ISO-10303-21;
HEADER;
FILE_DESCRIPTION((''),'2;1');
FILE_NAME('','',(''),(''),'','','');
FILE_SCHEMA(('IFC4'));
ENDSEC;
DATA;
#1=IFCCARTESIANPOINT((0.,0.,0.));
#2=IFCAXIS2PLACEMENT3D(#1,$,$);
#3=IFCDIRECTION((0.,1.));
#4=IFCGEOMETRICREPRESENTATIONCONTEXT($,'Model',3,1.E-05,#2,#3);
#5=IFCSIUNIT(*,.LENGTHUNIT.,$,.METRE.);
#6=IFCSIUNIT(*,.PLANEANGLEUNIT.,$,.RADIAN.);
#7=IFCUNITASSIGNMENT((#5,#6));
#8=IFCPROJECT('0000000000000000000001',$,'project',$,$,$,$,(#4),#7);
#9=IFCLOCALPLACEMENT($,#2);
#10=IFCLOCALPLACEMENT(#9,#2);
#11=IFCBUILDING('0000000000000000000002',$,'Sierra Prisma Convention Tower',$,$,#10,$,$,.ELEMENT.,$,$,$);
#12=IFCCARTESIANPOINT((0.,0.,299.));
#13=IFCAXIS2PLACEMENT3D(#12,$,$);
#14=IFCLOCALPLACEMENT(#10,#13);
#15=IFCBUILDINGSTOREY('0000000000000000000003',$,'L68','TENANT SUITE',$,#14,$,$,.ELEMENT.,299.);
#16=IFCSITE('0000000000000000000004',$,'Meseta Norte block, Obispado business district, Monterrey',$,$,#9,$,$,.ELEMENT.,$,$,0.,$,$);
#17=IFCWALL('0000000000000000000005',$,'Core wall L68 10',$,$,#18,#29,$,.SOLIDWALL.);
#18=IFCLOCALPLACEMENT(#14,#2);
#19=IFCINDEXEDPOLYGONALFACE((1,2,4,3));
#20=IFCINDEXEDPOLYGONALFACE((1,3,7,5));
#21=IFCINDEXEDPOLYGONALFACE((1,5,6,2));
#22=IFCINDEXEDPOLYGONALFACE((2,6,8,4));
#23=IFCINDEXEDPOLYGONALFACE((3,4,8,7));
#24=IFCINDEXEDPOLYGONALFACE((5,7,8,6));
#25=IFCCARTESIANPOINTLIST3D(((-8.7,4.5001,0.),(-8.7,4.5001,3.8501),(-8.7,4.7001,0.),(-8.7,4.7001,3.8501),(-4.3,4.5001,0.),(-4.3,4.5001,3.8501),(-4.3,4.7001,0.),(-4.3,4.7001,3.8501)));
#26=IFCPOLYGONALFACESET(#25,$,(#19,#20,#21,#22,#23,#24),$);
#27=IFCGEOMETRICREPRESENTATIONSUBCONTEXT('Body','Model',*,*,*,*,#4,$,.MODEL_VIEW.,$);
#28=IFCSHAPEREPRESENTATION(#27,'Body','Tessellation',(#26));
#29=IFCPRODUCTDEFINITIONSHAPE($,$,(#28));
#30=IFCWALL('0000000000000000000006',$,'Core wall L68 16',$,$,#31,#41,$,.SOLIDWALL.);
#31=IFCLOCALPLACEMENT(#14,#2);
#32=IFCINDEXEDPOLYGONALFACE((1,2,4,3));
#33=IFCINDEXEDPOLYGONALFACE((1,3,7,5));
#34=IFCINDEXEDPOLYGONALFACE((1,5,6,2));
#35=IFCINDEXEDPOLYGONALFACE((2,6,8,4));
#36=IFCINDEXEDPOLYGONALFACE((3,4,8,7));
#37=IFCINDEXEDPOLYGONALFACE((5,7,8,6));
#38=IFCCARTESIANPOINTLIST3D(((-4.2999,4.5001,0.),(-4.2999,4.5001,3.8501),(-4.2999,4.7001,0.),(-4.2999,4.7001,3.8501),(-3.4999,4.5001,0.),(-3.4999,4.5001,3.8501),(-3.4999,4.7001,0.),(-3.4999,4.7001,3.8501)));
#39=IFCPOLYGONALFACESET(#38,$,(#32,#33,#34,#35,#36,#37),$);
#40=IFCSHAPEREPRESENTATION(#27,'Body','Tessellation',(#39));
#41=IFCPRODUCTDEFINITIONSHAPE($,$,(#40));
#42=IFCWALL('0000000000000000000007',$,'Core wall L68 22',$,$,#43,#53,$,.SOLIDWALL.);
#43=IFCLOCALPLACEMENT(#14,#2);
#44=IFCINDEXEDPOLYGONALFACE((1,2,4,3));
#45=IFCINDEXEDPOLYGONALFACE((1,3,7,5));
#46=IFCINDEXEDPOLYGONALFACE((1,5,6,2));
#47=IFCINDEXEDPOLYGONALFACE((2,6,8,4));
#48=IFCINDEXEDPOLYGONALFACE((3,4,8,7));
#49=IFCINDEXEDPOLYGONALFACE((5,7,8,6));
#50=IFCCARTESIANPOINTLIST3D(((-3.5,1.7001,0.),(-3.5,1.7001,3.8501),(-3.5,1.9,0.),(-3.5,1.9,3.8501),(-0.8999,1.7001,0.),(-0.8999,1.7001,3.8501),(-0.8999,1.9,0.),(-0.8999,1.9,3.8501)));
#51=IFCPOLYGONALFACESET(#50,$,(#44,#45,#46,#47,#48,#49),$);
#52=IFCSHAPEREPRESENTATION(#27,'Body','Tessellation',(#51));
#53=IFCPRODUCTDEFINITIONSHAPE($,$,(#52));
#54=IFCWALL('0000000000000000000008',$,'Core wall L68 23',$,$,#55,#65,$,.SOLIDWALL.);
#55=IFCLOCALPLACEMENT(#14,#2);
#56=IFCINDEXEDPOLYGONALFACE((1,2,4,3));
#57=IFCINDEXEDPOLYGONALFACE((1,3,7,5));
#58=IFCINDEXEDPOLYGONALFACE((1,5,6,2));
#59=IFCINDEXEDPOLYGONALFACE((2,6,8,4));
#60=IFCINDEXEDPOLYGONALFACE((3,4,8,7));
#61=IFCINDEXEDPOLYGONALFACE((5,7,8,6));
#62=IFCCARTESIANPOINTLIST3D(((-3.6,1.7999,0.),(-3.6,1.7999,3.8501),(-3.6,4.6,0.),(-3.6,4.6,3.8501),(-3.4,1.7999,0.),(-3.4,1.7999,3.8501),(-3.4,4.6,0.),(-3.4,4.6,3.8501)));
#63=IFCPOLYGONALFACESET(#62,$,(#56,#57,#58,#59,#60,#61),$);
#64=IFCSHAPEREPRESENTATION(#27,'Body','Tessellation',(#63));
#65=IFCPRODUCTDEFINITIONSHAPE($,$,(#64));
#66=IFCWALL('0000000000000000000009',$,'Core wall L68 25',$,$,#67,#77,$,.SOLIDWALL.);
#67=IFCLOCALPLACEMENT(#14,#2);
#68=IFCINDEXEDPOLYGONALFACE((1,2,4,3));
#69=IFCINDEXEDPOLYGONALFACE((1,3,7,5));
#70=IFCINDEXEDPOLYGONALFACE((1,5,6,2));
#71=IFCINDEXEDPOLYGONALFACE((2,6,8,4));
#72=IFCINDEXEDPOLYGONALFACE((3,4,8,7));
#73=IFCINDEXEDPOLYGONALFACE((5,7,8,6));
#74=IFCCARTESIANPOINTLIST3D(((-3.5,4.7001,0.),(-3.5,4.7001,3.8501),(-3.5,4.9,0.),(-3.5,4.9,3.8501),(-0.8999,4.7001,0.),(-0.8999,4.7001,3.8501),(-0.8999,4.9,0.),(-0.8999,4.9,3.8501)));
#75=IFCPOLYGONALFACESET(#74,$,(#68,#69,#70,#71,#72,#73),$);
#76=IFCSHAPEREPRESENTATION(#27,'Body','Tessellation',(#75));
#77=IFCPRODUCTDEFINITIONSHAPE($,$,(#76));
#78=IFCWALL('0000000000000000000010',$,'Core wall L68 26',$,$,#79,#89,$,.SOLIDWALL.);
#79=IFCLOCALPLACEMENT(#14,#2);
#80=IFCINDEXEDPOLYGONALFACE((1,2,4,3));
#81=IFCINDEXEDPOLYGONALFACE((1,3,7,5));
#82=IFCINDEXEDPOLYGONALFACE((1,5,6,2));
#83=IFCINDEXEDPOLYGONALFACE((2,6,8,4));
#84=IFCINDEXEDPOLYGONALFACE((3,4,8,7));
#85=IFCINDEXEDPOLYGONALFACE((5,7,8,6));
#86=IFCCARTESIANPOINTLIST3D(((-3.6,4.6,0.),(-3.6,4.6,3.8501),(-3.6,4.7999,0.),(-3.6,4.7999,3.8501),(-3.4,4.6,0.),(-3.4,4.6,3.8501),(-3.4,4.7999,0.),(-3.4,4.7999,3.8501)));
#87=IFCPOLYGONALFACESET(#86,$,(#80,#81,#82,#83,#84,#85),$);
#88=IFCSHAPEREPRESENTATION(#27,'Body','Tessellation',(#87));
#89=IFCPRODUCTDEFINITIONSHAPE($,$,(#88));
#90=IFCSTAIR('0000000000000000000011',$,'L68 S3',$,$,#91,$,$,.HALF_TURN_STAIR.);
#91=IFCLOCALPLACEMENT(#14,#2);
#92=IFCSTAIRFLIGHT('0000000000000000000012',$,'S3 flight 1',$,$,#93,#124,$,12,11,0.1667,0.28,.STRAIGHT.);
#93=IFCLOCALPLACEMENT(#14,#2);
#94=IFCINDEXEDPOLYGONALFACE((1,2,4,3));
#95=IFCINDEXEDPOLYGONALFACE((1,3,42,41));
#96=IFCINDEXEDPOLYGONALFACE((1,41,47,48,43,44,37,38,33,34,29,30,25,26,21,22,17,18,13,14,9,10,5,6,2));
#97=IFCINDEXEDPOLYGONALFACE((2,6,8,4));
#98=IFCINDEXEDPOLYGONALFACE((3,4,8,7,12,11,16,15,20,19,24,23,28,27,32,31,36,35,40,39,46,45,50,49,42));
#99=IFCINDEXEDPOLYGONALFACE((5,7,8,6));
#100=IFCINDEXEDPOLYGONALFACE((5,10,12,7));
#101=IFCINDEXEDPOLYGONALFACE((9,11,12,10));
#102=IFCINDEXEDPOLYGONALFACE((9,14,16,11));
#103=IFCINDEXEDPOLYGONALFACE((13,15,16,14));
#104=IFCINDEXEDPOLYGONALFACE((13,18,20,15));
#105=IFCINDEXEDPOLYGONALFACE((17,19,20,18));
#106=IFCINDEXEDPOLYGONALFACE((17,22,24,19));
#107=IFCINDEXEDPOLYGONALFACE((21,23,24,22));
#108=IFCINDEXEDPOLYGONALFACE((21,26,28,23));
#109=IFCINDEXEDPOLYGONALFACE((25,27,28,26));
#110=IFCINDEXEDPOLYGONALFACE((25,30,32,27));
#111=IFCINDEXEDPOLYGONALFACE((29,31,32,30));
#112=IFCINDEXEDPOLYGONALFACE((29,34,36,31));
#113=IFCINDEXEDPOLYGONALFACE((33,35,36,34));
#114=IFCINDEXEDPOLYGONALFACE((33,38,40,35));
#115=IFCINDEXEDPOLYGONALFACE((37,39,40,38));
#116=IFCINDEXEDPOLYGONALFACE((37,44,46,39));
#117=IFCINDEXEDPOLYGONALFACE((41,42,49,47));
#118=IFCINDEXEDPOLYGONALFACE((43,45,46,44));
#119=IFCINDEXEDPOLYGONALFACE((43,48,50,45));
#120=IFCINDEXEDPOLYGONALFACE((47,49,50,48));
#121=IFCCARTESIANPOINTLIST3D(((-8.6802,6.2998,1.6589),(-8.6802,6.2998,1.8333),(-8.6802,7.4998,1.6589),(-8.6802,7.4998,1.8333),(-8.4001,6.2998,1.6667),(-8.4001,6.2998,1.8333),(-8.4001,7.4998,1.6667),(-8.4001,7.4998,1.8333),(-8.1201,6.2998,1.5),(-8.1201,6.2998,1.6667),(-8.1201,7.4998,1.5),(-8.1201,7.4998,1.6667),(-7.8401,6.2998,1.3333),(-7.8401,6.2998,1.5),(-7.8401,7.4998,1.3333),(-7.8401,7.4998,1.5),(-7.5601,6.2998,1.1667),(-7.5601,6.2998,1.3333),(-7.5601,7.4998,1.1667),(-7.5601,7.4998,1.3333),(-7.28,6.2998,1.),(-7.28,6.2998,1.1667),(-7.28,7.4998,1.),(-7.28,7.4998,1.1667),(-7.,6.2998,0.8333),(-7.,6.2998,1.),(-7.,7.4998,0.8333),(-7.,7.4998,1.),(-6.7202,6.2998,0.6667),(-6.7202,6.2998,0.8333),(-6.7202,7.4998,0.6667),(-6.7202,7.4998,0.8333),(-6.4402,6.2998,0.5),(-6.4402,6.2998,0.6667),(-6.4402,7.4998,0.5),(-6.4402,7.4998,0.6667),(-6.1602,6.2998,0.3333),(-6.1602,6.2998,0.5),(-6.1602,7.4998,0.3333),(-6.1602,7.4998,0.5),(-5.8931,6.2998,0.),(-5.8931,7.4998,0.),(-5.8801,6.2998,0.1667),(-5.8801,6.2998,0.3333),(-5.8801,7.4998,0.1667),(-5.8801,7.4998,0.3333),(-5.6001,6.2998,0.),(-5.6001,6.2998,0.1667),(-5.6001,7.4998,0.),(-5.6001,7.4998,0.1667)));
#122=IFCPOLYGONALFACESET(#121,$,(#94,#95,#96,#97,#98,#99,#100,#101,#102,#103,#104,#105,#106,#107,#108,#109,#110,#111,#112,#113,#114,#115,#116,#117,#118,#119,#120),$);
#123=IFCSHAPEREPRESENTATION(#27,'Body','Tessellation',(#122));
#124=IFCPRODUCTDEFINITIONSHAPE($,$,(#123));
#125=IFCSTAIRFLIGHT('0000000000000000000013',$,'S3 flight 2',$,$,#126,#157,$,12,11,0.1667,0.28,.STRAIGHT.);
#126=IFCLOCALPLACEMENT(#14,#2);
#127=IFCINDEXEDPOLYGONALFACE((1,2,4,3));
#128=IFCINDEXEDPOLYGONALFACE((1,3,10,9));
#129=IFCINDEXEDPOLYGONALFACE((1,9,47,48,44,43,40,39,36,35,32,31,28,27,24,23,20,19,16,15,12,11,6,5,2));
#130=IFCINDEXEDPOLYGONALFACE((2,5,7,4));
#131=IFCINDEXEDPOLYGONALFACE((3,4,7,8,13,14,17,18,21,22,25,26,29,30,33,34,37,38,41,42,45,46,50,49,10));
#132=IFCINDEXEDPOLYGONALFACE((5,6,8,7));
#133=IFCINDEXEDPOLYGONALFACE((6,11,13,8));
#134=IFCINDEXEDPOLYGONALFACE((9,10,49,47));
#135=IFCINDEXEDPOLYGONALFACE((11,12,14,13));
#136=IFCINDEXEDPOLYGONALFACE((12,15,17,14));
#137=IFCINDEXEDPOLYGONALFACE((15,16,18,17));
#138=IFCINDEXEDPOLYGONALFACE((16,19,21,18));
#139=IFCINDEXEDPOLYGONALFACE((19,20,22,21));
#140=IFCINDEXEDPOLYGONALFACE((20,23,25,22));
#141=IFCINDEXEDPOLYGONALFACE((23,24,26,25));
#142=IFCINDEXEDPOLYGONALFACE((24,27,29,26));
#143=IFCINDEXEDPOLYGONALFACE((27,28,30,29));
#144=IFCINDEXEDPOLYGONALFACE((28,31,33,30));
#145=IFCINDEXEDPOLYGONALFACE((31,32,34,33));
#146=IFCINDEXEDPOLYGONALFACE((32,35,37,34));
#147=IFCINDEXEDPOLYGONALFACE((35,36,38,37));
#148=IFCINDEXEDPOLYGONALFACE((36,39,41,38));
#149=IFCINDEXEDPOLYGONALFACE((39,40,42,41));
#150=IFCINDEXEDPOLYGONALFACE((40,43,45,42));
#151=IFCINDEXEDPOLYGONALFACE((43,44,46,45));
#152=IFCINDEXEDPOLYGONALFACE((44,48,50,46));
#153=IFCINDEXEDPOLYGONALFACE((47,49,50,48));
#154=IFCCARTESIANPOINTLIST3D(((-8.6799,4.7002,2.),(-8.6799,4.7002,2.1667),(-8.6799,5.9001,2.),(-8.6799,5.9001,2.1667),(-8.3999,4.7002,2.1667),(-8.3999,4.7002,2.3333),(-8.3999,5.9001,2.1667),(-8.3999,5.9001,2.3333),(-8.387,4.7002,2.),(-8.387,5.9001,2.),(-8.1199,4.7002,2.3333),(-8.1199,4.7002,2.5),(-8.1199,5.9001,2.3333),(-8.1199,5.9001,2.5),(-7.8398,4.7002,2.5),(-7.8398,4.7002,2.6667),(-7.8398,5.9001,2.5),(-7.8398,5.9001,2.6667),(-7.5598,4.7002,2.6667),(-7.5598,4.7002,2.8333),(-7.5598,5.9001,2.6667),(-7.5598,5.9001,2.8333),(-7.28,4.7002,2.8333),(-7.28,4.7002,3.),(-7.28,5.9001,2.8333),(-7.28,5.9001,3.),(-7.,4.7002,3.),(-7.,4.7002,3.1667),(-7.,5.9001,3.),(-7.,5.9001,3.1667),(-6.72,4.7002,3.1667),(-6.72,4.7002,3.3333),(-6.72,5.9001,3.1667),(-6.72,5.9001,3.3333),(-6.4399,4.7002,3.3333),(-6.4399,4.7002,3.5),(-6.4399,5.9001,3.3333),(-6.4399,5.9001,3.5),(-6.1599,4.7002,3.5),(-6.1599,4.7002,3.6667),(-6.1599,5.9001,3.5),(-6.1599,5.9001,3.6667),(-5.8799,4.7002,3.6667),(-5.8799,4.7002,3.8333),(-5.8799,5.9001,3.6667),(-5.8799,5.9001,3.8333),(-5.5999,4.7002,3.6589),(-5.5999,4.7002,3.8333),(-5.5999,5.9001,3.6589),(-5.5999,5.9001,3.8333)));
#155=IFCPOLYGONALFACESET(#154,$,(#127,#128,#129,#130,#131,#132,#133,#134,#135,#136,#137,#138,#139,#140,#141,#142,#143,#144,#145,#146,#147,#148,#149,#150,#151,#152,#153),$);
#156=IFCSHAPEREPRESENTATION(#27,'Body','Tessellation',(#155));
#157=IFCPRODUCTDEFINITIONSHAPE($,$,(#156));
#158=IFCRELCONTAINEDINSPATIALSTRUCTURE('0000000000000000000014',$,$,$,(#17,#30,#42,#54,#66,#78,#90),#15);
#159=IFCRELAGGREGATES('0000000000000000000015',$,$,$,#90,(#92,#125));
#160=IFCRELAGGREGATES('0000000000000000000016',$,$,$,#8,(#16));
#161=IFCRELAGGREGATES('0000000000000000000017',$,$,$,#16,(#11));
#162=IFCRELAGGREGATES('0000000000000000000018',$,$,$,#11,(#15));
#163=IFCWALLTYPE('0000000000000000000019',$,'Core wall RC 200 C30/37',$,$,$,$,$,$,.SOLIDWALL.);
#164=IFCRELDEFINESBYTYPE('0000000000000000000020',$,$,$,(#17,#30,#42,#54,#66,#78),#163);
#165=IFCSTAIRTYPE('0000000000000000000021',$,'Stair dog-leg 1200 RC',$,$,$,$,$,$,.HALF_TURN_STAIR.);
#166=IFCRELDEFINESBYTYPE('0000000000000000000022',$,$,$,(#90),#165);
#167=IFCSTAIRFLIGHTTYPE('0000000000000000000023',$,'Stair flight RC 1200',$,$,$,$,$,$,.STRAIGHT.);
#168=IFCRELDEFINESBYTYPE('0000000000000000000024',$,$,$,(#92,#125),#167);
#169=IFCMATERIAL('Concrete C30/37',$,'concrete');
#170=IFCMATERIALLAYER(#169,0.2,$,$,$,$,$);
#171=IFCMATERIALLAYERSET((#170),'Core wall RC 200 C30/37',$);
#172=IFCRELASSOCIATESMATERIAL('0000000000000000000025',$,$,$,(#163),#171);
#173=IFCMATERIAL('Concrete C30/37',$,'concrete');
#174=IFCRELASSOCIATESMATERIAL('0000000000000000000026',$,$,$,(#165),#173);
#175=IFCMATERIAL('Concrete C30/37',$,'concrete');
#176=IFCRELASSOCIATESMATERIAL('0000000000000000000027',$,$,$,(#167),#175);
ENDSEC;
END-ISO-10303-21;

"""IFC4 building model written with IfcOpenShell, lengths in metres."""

from ifc_helpers import new_model, si_unit, direction, frame, frame_2d, origin, place, context, subcontext, project, spatial, polyline, rectangle, outline, extrude, material, layer, layer_set, type_object, element, aggregate, save


model = new_model("IFC4")

# Units and contexts
model_context = context("Model", 3, precision=1e-05, world=origin(), true_north=direction((0.0, 1.0)))
body_context = subcontext(model_context, "Body", "Model", "MODEL_VIEW")
ifc_project = project(units=[si_unit("LENGTHUNIT", "METRE"), si_unit("PLANEANGLEUNIT", "RADIAN")], contexts=[model_context])

# Site, building, storey
site_placement = place(None, origin())
site = spatial("IfcSite", under=ifc_project, at=site_placement, Name="Meseta Norte block, Obispado business district, Monterrey", CompositionType="ELEMENT", RefElevation=0.0)
building_placement = place(site_placement, origin())
building = spatial("IfcBuilding", under=site, at=building_placement, Name="Sierra Prisma Convention Tower", CompositionType="ELEMENT")
storey_placement = place(building_placement, frame((0.0, 0.0, 299.0)))
storey = spatial("IfcBuildingStorey", under=building, at=storey_placement, Name="L68", Description="TENANT SUITE", CompositionType="ELEMENT", Elevation=299.0)

# Shared definitions
ifc_material_1 = material(Name="Concrete C30/37", Category="concrete")
ifc_layer_1 = layer(ifc_material_1, 0.2)
ifc_layer_set_1 = layer_set([ifc_layer_1], Name="Core wall RC 200 C30/37")
wall_type = type_object("IfcWallType", Name="Core wall RC 200 C30/37", PredefinedType="SOLIDWALL", material=ifc_layer_set_1)

# Wall
wall_1_placement = place(storey_placement, frame((-4.3, 4.6001, 0.0), z_axis=(0.0, 0.0, 1.0), x_axis=(-1.0, 0.0, 0.0)))
element("IfcWall", 1, at=wall_1_placement, inside=storey, type_object=wall_type, Name="Core wall L68 10", PredefinedType="SOLIDWALL", context=body_context, shape_type="SweptSolid", body=[
    extrude(rectangle(XDim=4.3999, YDim=0.2, at=frame_2d((2.2, 0.0))), origin(), (0.0, 0.0, 1.0), 3.8501),
])

# Wall
wall_2_placement = place(storey_placement, frame((-3.5, 4.6001, 0.0), z_axis=(0.0, 0.0, 1.0), x_axis=(-1.0, 0.0, 0.0)))
element("IfcWall", 2, at=wall_2_placement, inside=storey, type_object=wall_type, Name="Core wall L68 16", PredefinedType="SOLIDWALL", context=body_context, shape_type="SweptSolid", body=[
    extrude(rectangle(XDim=0.8, YDim=0.2, at=frame_2d((0.3999, 0.0))), origin(), (0.0, 0.0, 1.0), 3.8501),
])

# Walls
wall_3_placement = place(storey_placement, frame((-0.8999, 1.8, 0.0), z_axis=(0.0, 0.0, 1.0), x_axis=(-1.0, 0.0, 0.0)))
element("IfcWall", 3, at=wall_3_placement, inside=storey, type_object=wall_type, Name="Core wall L68 22", PredefinedType="SOLIDWALL", context=body_context, shape_type="SweptSolid", body=[
    extrude(rectangle(XDim=2.6001, YDim=0.2, at=frame_2d((1.3, 0.0))), origin(), (0.0, 0.0, 1.0), 3.8501),
])
wall_4_placement = place(storey_placement, frame((-3.5, 1.8, 0.0), z_axis=(0.0, 0.0, 1.0), x_axis=(0.0, 1.0, 0.0)))
element("IfcWall", 4, at=wall_4_placement, inside=storey, type_object=wall_type, Name="Core wall L68 23", PredefinedType="SOLIDWALL", context=body_context, shape_type="SweptSolid", body=[
    extrude(rectangle(XDim=2.8, YDim=0.2, at=frame_2d((1.3999, 0.0))), origin(), (0.0, 0.0, 1.0), 3.8501),
])

# Walls
wall_5_placement = place(storey_placement, frame((-0.8999, 4.8, 0.0), z_axis=(0.0, 0.0, 1.0), x_axis=(-1.0, 0.0, 0.0)))
element("IfcWall", 5, at=wall_5_placement, inside=storey, type_object=wall_type, Name="Core wall L68 25", PredefinedType="SOLIDWALL", context=body_context, shape_type="SweptSolid", body=[
    extrude(rectangle(XDim=2.6001, YDim=0.2, at=frame_2d((1.3, 0.0))), origin(), (0.0, 0.0, 1.0), 3.8501),
])
wall_6_placement = place(storey_placement, frame((-3.5, 4.8, 0.0), z_axis=(0.0, 0.0, 1.0), x_axis=(0.0, -1.0, 0.0)))
element("IfcWall", 6, at=wall_6_placement, inside=storey, type_object=wall_type, Name="Core wall L68 26", PredefinedType="SOLIDWALL", context=body_context, shape_type="SweptSolid", body=[
    extrude(rectangle(XDim=0.2, YDim=0.2, at=frame_2d((0.1001, 0.0))), origin(), (0.0, 0.0, 1.0), 3.8501),
])

# Stair, stair flights
ifc_material_2 = material(Name="Concrete C30/37", Category="concrete")
stair_type = type_object("IfcStairType", Name="Stair dog-leg 1200 RC", PredefinedType="HALF_TURN_STAIR", material=ifc_material_2)
stair_placement = place(storey_placement, origin())
stair = element("IfcStair", 7, at=stair_placement, inside=storey, type_object=stair_type, Name="L68 S3", PredefinedType="HALF_TURN_STAIR")
ifc_material_3 = material(Name="Concrete C30/37", Category="concrete")
stair_flight_type = type_object("IfcStairFlightType", Name="Stair flight RC 1200", PredefinedType="STRAIGHT", material=ifc_material_3)
stair_flight_1_placement = place(storey_placement, frame((-5.6001, 6.8999, 0.0), z_axis=(0.0, 0.0, 1.0), x_axis=(-1.0, 0.0, 0.0)))
stair_flight_1 = element("IfcStairFlight", 8, at=stair_flight_1_placement, type_object=stair_flight_type, Name="S3 flight 1", NumberOfRisers=12, NumberOfTreads=11, PredefinedType="STRAIGHT", RiserHeight=0.1667, TreadLength=0.28, context=body_context, shape_type="SweptSolid", body=[
    extrude(outline(polyline([(0.0, 0.0), (0.0, 0.1667), (0.28, 0.1667), (0.28, 0.3333), (0.5601, 0.3333), (0.5601, 0.5), (0.8401, 0.5), (0.8401, 0.6667), (1.1201, 0.6667), (1.1201, 0.8333), (1.3999, 0.8333), (1.3999, 1.0), (1.6799, 1.0), (1.6799, 1.1667), (1.96, 1.1667), (1.96, 1.3333), (2.24, 1.3333), (2.24, 1.5), (2.52, 1.5), (2.52, 1.6667), (2.8, 1.6667), (2.8, 1.8333), (3.0801, 1.8333), (3.0801, 2.0), (3.0801, 1.6589), (0.293, 0.0), (0.0, 0.0)])), frame((0.0, 0.6001, 0.0), z_axis=(0.0, -1.0, 0.0), x_axis=(1.0, 0.0, 0.0)), (0.0, 0.0, 1.0), 1.2),
])
stair_flight_2_placement = place(storey_placement, frame((-8.6799, 5.3, 2.0), z_axis=(0.0, 0.0, 1.0), x_axis=(1.0, 0.0, 0.0)))
stair_flight_2 = element("IfcStairFlight", 9, at=stair_flight_2_placement, type_object=stair_flight_type, Name="S3 flight 2", NumberOfRisers=12, NumberOfTreads=11, PredefinedType="STRAIGHT", RiserHeight=0.1667, TreadLength=0.28, context=body_context, shape_type="SweptSolid", body=[
    extrude(outline(polyline([(0.0, 0.0), (0.0, 0.1667), (0.28, 0.1667), (0.28, 0.3333), (0.5601, 0.3333), (0.5601, 0.5), (0.8401, 0.5), (0.8401, 0.6667), (1.1201, 0.6667), (1.1201, 0.8333), (1.3999, 0.8333), (1.3999, 1.0), (1.6799, 1.0), (1.6799, 1.1667), (1.96, 1.1667), (1.96, 1.3333), (2.24, 1.3333), (2.24, 1.5), (2.52, 1.5), (2.52, 1.6667), (2.8, 1.6667), (2.8, 1.8333), (3.0801, 1.8333), (3.0801, 2.0), (3.0801, 1.6589), (0.293, 0.0), (0.0, 0.0)])), frame((0.0, 0.6001, 0.0), z_axis=(0.0, -1.0, 0.0), x_axis=(1.0, 0.0, 0.0)), (0.0, 0.0, 1.0), 1.2),
])
aggregate(stair, [stair_flight_1, stair_flight_2])

save(model, "model.ifc")
